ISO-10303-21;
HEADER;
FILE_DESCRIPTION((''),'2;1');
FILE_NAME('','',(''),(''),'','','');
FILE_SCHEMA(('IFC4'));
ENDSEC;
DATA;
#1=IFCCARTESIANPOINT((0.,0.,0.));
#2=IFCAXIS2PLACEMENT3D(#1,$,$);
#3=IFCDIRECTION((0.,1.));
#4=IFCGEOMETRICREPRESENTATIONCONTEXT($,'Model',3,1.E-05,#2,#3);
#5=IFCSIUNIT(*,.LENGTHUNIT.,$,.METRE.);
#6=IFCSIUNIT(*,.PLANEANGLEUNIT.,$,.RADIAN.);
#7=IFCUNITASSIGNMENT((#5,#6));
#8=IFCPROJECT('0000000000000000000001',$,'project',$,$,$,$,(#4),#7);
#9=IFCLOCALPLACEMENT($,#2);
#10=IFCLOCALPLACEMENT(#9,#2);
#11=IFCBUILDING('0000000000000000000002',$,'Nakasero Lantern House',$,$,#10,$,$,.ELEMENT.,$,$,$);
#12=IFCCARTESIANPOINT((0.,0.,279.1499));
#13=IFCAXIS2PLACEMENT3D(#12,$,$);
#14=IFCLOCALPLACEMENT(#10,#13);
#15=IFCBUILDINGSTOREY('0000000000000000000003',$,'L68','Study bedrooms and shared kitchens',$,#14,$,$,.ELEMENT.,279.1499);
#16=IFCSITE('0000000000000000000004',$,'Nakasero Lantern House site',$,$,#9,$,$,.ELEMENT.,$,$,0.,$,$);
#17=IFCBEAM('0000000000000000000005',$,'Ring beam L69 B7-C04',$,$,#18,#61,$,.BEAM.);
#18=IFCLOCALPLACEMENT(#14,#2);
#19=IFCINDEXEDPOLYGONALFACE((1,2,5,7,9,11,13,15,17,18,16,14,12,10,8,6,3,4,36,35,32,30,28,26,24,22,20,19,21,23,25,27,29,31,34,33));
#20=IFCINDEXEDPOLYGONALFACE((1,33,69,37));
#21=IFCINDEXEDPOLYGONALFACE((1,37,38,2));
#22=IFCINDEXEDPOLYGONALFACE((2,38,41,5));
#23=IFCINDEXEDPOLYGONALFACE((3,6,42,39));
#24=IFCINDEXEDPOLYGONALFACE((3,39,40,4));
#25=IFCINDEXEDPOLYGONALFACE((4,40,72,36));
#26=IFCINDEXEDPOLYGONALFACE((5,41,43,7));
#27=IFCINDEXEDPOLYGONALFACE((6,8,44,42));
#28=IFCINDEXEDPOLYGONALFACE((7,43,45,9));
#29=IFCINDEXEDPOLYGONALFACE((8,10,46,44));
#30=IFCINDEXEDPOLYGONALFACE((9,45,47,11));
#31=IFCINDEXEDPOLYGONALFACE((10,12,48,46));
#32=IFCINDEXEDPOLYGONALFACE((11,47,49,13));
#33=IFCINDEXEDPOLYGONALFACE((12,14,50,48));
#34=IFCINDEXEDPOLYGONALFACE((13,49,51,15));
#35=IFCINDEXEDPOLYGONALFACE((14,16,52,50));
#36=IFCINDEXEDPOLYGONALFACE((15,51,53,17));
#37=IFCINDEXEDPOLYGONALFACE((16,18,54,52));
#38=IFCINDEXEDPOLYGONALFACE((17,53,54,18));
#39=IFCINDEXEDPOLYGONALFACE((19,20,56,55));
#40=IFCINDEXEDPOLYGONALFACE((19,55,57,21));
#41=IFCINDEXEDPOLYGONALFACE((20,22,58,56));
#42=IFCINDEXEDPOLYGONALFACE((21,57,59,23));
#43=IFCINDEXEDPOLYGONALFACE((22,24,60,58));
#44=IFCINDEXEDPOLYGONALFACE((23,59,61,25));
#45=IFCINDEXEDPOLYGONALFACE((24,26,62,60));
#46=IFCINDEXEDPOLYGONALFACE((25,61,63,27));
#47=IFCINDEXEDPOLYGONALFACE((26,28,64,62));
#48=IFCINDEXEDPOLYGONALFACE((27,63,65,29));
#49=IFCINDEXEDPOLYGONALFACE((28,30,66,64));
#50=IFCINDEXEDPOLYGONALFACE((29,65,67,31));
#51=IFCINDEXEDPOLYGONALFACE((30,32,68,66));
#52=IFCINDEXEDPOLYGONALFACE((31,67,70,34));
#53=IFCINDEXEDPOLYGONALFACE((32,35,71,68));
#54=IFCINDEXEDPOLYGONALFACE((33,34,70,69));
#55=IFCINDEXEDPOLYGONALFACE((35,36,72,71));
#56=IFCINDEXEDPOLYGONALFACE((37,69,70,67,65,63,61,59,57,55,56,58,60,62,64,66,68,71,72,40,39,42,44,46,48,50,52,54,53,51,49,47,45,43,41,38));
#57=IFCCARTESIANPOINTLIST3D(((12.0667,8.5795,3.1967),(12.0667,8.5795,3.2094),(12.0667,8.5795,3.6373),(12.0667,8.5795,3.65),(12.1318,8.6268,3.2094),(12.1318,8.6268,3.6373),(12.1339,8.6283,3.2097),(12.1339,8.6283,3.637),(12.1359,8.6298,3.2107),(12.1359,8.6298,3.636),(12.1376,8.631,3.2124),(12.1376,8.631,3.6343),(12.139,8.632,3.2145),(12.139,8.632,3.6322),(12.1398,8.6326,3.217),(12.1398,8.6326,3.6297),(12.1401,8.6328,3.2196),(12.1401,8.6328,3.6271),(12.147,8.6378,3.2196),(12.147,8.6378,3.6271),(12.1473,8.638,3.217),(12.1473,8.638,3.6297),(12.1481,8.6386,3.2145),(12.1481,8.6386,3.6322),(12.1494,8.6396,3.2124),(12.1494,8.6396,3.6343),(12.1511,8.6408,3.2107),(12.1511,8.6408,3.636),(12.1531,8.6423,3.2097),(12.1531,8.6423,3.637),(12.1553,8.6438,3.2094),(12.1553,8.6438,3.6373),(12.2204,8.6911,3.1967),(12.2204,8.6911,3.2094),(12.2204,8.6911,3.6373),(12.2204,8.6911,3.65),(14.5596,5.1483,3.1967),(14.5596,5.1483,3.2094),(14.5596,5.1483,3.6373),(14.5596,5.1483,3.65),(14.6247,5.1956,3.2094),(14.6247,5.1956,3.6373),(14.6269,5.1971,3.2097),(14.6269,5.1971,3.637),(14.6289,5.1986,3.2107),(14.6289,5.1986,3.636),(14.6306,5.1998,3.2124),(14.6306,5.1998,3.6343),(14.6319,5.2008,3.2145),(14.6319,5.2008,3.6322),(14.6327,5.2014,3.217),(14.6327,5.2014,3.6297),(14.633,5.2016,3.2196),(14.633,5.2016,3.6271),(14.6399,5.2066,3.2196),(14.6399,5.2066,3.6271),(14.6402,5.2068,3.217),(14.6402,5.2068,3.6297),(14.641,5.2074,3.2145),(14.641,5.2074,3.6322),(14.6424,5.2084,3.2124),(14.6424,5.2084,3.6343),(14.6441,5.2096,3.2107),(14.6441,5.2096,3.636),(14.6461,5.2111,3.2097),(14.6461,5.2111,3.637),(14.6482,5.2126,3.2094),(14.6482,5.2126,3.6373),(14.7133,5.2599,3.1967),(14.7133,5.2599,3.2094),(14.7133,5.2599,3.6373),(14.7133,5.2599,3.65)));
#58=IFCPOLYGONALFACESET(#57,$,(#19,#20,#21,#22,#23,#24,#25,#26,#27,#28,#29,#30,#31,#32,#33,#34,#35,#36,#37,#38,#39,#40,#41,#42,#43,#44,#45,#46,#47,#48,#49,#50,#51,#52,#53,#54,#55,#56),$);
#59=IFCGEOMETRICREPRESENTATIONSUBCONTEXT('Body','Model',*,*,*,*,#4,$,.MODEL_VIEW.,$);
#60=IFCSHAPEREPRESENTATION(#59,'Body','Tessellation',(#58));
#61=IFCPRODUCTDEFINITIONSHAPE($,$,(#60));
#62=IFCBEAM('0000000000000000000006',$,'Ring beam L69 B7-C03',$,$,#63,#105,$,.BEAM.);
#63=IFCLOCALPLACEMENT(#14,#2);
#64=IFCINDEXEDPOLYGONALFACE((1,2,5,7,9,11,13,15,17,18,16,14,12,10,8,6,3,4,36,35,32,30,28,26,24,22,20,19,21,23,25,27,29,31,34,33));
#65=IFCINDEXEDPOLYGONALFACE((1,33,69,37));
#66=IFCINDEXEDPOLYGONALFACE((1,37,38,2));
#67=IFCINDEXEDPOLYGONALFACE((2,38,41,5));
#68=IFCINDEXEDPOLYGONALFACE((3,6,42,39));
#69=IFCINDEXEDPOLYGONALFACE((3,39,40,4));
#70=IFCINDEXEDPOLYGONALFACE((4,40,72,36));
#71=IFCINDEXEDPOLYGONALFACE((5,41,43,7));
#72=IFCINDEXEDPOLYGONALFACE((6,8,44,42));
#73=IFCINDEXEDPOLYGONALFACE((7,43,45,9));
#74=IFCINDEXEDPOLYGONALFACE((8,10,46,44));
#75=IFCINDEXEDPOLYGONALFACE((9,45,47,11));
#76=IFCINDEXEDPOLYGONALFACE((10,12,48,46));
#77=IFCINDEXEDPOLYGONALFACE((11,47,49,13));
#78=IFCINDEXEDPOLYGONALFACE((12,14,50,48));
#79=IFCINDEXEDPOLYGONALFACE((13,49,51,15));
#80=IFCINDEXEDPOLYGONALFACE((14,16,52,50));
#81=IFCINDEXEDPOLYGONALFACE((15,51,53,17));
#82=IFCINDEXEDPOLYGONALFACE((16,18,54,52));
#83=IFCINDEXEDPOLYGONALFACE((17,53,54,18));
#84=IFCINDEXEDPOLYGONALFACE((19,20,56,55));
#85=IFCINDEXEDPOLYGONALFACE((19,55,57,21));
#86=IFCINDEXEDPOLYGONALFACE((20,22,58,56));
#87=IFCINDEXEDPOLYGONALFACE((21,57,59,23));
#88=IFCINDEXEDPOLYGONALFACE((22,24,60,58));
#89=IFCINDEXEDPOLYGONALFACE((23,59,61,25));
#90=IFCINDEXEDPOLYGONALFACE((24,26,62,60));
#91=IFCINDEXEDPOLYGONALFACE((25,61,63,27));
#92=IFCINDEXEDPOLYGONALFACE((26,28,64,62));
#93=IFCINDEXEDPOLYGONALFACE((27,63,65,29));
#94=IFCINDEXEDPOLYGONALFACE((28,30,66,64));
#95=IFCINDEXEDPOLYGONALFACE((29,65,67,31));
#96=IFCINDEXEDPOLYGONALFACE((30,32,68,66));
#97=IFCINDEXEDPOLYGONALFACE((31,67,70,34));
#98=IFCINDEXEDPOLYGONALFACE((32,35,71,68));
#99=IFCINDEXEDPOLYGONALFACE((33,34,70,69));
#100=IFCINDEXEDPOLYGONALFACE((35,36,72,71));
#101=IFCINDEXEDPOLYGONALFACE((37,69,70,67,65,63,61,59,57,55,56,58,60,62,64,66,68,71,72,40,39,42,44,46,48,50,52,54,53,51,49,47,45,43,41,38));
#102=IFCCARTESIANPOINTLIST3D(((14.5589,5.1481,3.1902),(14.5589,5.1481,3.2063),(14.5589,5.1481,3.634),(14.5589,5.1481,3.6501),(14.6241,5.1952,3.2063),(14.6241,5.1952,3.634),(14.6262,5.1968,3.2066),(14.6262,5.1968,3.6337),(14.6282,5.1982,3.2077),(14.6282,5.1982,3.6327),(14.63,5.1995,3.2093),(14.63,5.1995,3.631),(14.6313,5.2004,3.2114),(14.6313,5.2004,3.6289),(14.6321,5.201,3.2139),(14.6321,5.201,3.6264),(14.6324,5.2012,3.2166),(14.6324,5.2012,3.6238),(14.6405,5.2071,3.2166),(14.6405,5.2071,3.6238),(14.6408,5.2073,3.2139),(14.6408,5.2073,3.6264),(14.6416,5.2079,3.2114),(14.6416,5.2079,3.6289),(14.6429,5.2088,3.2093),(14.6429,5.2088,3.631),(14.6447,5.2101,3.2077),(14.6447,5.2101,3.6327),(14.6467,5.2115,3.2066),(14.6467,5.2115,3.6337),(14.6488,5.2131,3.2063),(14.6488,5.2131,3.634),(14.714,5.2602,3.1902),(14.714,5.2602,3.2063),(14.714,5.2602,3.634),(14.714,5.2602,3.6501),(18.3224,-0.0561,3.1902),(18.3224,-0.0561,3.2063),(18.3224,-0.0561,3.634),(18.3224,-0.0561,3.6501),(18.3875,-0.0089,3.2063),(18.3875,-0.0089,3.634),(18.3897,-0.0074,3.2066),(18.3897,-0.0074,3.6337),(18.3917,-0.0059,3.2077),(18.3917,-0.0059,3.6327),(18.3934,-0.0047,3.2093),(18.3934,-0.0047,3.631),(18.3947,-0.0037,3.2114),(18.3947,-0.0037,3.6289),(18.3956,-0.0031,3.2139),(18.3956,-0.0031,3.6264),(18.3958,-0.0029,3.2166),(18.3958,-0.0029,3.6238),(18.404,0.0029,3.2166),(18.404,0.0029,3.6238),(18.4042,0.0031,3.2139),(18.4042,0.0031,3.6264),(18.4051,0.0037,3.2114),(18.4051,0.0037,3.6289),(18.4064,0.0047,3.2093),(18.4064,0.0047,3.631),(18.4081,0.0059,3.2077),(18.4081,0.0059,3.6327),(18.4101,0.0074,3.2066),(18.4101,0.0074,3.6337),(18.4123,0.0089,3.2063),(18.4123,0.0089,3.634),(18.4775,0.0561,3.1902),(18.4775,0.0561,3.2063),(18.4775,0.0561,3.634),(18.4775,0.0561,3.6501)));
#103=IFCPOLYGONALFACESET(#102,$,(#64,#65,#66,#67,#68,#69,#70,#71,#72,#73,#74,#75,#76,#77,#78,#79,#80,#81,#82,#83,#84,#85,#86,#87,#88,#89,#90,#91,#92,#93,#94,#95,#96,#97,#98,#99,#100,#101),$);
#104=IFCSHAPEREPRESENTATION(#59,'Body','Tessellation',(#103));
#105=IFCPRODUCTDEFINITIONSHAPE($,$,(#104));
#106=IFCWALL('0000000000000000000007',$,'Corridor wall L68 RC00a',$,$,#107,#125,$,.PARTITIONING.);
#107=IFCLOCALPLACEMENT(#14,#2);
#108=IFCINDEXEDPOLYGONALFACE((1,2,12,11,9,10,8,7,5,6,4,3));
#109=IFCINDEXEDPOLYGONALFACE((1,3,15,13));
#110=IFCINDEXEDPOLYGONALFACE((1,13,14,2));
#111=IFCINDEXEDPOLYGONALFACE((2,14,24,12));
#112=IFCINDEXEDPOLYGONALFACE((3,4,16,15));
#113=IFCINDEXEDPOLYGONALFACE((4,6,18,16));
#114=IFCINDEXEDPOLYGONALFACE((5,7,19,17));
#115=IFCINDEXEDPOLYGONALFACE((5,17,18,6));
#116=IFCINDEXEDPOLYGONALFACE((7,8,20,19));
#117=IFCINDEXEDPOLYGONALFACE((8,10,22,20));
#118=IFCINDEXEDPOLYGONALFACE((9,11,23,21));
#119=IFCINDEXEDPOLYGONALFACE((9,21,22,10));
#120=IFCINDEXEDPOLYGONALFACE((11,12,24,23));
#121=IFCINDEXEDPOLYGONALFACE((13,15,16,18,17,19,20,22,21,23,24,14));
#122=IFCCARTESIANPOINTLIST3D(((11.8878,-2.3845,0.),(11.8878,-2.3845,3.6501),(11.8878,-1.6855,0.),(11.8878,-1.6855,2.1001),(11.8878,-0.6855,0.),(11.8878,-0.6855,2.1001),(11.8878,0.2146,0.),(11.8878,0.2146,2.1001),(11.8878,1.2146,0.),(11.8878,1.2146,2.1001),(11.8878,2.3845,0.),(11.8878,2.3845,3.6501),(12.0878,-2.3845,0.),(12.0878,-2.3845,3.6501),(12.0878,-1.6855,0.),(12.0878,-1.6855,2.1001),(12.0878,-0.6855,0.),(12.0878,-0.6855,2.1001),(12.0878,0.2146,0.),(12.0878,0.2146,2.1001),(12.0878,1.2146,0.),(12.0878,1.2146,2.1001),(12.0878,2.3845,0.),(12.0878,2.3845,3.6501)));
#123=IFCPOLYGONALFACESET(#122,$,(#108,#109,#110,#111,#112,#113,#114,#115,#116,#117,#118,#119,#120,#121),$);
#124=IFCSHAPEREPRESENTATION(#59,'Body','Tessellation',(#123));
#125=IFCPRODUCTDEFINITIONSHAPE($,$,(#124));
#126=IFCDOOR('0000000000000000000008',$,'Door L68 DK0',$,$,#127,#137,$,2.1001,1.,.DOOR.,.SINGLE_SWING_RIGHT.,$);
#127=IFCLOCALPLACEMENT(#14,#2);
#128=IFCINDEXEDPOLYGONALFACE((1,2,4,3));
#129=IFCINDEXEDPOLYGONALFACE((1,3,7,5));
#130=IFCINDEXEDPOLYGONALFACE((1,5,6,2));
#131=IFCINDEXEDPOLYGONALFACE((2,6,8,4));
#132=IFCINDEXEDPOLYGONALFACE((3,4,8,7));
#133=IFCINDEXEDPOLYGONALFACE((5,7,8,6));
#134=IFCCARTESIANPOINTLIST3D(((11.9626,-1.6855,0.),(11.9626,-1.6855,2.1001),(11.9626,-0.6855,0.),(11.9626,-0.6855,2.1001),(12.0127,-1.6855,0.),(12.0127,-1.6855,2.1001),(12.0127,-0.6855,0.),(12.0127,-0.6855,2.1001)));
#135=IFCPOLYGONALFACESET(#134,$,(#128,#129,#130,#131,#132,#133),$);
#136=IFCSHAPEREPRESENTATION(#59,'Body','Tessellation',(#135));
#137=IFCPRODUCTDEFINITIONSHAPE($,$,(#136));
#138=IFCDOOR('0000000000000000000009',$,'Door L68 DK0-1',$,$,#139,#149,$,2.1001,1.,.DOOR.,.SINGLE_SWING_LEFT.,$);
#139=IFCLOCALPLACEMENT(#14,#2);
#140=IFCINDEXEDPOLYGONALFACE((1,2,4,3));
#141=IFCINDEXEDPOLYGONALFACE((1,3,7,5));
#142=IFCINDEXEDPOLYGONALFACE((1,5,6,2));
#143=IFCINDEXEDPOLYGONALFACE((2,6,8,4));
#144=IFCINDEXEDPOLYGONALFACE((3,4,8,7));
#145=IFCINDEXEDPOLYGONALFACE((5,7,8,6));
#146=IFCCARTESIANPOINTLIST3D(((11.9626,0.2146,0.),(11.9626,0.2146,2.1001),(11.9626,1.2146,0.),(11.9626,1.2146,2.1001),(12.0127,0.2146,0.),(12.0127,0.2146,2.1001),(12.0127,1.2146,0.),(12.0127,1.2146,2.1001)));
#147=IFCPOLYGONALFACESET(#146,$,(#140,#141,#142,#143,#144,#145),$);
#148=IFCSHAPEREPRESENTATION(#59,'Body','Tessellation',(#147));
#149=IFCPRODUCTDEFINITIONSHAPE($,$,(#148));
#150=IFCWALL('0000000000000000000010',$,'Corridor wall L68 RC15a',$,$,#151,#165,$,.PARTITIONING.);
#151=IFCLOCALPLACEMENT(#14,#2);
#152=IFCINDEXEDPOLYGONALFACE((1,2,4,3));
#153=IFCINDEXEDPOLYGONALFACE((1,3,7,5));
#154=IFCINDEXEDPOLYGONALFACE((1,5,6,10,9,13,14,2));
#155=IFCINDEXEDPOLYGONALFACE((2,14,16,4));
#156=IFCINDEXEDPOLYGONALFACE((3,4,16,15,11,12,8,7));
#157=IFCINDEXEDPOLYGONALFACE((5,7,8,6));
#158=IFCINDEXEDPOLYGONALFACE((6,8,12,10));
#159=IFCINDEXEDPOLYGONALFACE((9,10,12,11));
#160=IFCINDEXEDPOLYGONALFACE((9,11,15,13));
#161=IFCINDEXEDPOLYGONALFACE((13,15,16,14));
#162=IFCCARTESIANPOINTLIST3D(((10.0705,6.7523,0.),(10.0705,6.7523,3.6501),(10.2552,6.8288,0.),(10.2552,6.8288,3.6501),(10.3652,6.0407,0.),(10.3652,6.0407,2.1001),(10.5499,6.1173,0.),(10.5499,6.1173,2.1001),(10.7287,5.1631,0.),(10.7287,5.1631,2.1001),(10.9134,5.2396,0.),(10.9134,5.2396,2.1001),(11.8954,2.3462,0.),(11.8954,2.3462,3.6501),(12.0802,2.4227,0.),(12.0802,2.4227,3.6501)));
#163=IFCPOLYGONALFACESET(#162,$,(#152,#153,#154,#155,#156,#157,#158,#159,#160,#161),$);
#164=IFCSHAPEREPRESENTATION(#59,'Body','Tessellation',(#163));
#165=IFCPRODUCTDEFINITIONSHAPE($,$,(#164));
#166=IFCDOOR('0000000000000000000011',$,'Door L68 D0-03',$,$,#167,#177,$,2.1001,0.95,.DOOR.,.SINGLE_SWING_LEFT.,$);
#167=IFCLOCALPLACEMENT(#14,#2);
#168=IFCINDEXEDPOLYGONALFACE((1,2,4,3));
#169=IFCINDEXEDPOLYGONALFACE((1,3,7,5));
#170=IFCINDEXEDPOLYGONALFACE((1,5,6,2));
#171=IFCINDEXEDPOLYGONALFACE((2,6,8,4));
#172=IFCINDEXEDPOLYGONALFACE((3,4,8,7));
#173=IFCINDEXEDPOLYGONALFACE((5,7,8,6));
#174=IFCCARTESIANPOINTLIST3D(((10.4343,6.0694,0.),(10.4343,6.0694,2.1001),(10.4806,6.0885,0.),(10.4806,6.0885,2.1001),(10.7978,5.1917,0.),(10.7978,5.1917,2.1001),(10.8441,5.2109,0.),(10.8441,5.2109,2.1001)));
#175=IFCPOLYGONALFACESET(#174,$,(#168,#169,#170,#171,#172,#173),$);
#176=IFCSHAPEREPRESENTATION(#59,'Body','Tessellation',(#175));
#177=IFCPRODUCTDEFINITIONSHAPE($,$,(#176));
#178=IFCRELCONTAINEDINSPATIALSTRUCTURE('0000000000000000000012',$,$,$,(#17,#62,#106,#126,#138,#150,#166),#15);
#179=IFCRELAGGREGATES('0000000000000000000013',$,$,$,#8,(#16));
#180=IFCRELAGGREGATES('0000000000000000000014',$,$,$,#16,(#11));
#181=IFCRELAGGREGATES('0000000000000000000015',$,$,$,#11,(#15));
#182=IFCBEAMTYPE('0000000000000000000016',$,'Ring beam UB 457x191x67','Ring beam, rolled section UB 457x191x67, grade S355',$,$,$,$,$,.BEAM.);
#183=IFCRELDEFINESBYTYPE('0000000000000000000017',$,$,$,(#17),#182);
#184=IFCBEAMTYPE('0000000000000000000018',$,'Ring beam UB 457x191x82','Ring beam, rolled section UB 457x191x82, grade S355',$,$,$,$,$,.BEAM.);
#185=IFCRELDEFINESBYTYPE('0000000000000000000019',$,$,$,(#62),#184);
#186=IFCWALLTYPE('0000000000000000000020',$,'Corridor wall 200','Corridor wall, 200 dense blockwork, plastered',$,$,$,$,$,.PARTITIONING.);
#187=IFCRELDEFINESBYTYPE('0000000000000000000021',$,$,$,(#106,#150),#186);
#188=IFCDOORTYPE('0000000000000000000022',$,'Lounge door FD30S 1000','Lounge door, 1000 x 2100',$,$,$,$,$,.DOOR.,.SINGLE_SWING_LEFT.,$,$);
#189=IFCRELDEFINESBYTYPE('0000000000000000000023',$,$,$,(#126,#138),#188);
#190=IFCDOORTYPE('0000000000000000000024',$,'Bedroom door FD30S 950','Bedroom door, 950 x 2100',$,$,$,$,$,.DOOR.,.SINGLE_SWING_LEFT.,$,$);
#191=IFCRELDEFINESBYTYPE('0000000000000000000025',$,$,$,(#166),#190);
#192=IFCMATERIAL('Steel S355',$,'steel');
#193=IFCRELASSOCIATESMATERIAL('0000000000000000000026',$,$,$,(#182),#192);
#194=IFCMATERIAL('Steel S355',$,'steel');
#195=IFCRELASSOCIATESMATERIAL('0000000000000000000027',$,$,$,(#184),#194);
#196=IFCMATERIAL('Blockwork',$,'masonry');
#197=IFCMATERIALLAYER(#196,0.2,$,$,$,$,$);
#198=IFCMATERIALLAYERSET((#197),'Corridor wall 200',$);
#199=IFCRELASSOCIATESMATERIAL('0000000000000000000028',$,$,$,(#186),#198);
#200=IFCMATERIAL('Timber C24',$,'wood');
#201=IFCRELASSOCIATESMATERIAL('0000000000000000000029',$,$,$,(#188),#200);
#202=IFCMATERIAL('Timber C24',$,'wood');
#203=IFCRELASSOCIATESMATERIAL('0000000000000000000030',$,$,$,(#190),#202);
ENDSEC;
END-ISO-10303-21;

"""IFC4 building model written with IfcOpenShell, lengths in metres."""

from ifc_helpers import new_model, si_unit, direction, frame, frame_2d, origin, origin_2d, place, context, subcontext, project, spatial, rectangle, i_section, extrude, material, layer, layer_set, material_profile, profile_set, type_object, element, fill, save


model = new_model("IFC4")

# Units and contexts
model_context = context("Model", 3, precision=1e-05, world=origin(), true_north=direction((0.0, 1.0)))
body_context = subcontext(model_context, "Body", "Model", "MODEL_VIEW")
ifc_project = project(units=[si_unit("LENGTHUNIT", "METRE"), si_unit("PLANEANGLEUNIT", "RADIAN")], contexts=[model_context])

# Site, building, storey
site_placement = place(None, origin())
site = spatial("IfcSite", under=ifc_project, at=site_placement, Name="Nakasero Lantern House site", CompositionType="ELEMENT", RefElevation=0.0)
building_placement = place(site_placement, origin())
building = spatial("IfcBuilding", under=site, at=building_placement, Name="Nakasero Lantern House", CompositionType="ELEMENT")
storey_placement = place(building_placement, frame((0.0, 0.0, 279.1499)))
storey = spatial("IfcBuildingStorey", under=building, at=storey_placement, Name="L68", Description="Study bedrooms and shared kitchens", CompositionType="ELEMENT", Elevation=279.1499)

# Beams
ifc_material_1 = material(Name="Steel S355", Category="steel")
ifc_material_profile_1 = material_profile(ifc_material_1, i_section(OverallWidth=0.1899, OverallDepth=0.4534, WebThickness=0.0085, FlangeThickness=0.0127, FilletRadius=0.0103, at=origin_2d()), Name="UB 457x191x67")
ifc_profile_set_1 = profile_set([ifc_material_profile_1], Name="Steel S355")
beam_type_1 = type_object("IfcBeamType", Name="Ring beam UB 457x191x67", Description="Ring beam, rolled section UB 457x191x67, grade S355", PredefinedType="BEAM", material=ifc_profile_set_1)
beam_1_placement = place(storey_placement, frame((14.6365, 5.2041, 3.4233), z_axis=(-0.587792, 0.809012, 0.0), x_axis=(-0.809012, -0.587792, 0.0)))
element("IfcBeam", 1, at=beam_1_placement, inside=storey, type_object=beam_type_1, Name="Ring beam L69 B7-C04", PredefinedType="BEAM", context=body_context, shape_type="SweptSolid", body=[
    extrude(i_section(OverallWidth=0.1899, OverallDepth=0.4534, WebThickness=0.0085, FlangeThickness=0.0127, FilletRadius=0.0103, at=origin_2d()), origin(), (0.0, 0.0, 1.0), 4.2412),
])
ifc_material_2 = material(Name="Steel S355", Category="steel")
ifc_material_profile_2 = material_profile(ifc_material_2, i_section(OverallWidth=0.1914, OverallDepth=0.46, WebThickness=0.01, FlangeThickness=0.0161, FilletRadius=0.0103, at=origin_2d()), Name="UB 457x191x82")
ifc_profile_set_2 = profile_set([ifc_material_profile_2], Name="Steel S355")
beam_type_2 = type_object("IfcBeamType", Name="Ring beam UB 457x191x82", Description="Ring beam, rolled section UB 457x191x82, grade S355", PredefinedType="BEAM", material=ifc_profile_set_2)
beam_2_placement = place(storey_placement, frame((18.3999, 0.0, 3.4202), z_axis=(-0.585993, 0.810316, 0.0), x_axis=(-0.810316, -0.585993, 0.0)))
element("IfcBeam", 2, at=beam_2_placement, inside=storey, type_object=beam_type_2, Name="Ring beam L69 B7-C03", PredefinedType="BEAM", context=body_context, shape_type="SweptSolid", body=[
    extrude(i_section(OverallWidth=0.1914, OverallDepth=0.46, WebThickness=0.01, FlangeThickness=0.0161, FilletRadius=0.0103, at=origin_2d()), origin(), (0.0, 0.0, 1.0), 6.4224),
])

# Wall, openings, doors
ifc_material_3 = material(Name="Blockwork", Category="masonry")
ifc_layer_1 = layer(ifc_material_3, 0.2)
ifc_layer_set_1 = layer_set([ifc_layer_1], Name="Corridor wall 200")
wall_type_1 = type_object("IfcWallType", Name="Corridor wall 200", Description="Corridor wall, 200 dense blockwork, plastered", PredefinedType="PARTITIONING", material=ifc_layer_set_1)
wall_1_placement = place(storey_placement, frame((11.9878, 2.3845, 0.0), z_axis=(0.0, 0.0, 1.0), x_axis=(0.0, -1.0, 0.0)))
wall_1 = element("IfcWall", 3, at=wall_1_placement, inside=storey, type_object=wall_type_1, Name="Corridor wall L68 RC00a", PredefinedType="PARTITIONING", context=body_context, shape_type="SweptSolid", body=[
    extrude(rectangle(XDim=4.769, YDim=0.2, at=frame_2d((2.3845, 0.0))), origin(), (0.0, 0.0, 1.0), 3.6501),
])
opening_1_placement = place(wall_1_placement, frame((3.0701, 0.0, 0.0)))
opening_1 = element("IfcOpeningElement", 4, at=opening_1_placement, cuts=wall_1, PredefinedType="OPENING", context=body_context, shape_type="SweptSolid", body=[
    extrude(rectangle(XDim=1.0, YDim=2.1001, at=frame_2d((0.5, 1.05))), frame((0.0, 0.1199, 0.0), z_axis=(0.0, -1.0, 0.0), x_axis=(1.0, 0.0, 0.0)), (0.0, 0.0, 1.0), 0.24),
])
opening_2_placement = place(wall_1_placement, frame((1.1699, 0.0, 0.0)))
opening_2 = element("IfcOpeningElement", 5, at=opening_2_placement, cuts=wall_1, PredefinedType="OPENING", context=body_context, shape_type="SweptSolid", body=[
    extrude(rectangle(XDim=1.0, YDim=2.1001, at=frame_2d((0.5, 1.05))), frame((0.0, 0.1199, 0.0), z_axis=(0.0, -1.0, 0.0), x_axis=(1.0, 0.0, 0.0)), (0.0, 0.0, 1.0), 0.24),
])
ifc_material_4 = material(Name="Timber C24", Category="wood")
door_type_1 = type_object("IfcDoorType", Name="Lounge door FD30S 1000", Description="Lounge door, 1000 x 2100", OperationType="SINGLE_SWING_LEFT", PredefinedType="DOOR", material=ifc_material_4)
door_1_placement = place(opening_1_placement, origin())
door_1 = element("IfcDoor", 6, at=door_1_placement, inside=storey, type_object=door_type_1, Name="Door L68 DK0", OperationType="SINGLE_SWING_RIGHT", OverallHeight=2.1001, OverallWidth=1.0, PredefinedType="DOOR", context=body_context, shape_type="SweptSolid", body=[
    extrude(rectangle(XDim=1.0, YDim=2.1001, at=frame_2d((0.5, 1.05))), frame((0.0, 0.0249, 0.0), z_axis=(0.0, -1.0, 0.0), x_axis=(1.0, 0.0, 0.0)), (0.0, 0.0, 1.0), 0.05),
])
fill(opening_1, door_1)
door_2_placement = place(opening_2_placement, origin())
door_2 = element("IfcDoor", 7, at=door_2_placement, inside=storey, type_object=door_type_1, Name="Door L68 DK0-1", OperationType="SINGLE_SWING_LEFT", OverallHeight=2.1001, OverallWidth=1.0, PredefinedType="DOOR", context=body_context, shape_type="SweptSolid", body=[
    extrude(rectangle(XDim=1.0, YDim=2.1001, at=frame_2d((0.5, 1.05))), frame((0.0, 0.0249, 0.0), z_axis=(0.0, -1.0, 0.0), x_axis=(1.0, 0.0, 0.0)), (0.0, 0.0, 1.0), 0.05),
])
fill(opening_2, door_2)

# Wall, opening, door
wall_2_placement = place(storey_placement, frame((10.1628, 6.7905, 0.0), z_axis=(0.0, 0.0, 1.0), x_axis=(0.38267, -0.923885, 0.0)))
wall_2 = element("IfcWall", 8, at=wall_2_placement, inside=storey, type_object=wall_type_1, Name="Corridor wall L68 RC15a", PredefinedType="PARTITIONING", context=body_context, shape_type="SweptSolid", body=[
    extrude(rectangle(XDim=4.769, YDim=0.2, at=frame_2d((2.3845, 0.0))), origin(), (0.0, 0.0, 1.0), 3.6501),
])
opening_3_placement = place(wall_2_placement, frame((0.77, 0.0, 0.0)))
opening_3 = element("IfcOpeningElement", 9, at=opening_3_placement, cuts=wall_2, PredefinedType="OPENING", context=body_context, shape_type="SweptSolid", body=[
    extrude(rectangle(XDim=0.95, YDim=2.1001, at=frame_2d((0.4751, 1.05))), frame((0.0, 0.1199, 0.0), z_axis=(0.0, -1.0, 0.0), x_axis=(1.0, 0.0, 0.0)), (0.0, 0.0, 1.0), 0.24),
])
ifc_material_5 = material(Name="Timber C24", Category="wood")
door_type_2 = type_object("IfcDoorType", Name="Bedroom door FD30S 950", Description="Bedroom door, 950 x 2100", OperationType="SINGLE_SWING_LEFT", PredefinedType="DOOR", material=ifc_material_5)
door_3_placement = place(opening_3_placement, origin())
door_3 = element("IfcDoor", 10, at=door_3_placement, inside=storey, type_object=door_type_2, Name="Door L68 D0-03", OperationType="SINGLE_SWING_LEFT", OverallHeight=2.1001, OverallWidth=0.95, PredefinedType="DOOR", context=body_context, shape_type="SweptSolid", body=[
    extrude(rectangle(XDim=0.95, YDim=2.1001, at=frame_2d((0.4751, 1.05))), frame((0.0, 0.0249, 0.0), z_axis=(0.0, -1.0, 0.0), x_axis=(1.0, 0.0, 0.0)), (0.0, 0.0, 1.0), 0.05),
])
fill(opening_3, door_3)

save(model, "model.ifc")
